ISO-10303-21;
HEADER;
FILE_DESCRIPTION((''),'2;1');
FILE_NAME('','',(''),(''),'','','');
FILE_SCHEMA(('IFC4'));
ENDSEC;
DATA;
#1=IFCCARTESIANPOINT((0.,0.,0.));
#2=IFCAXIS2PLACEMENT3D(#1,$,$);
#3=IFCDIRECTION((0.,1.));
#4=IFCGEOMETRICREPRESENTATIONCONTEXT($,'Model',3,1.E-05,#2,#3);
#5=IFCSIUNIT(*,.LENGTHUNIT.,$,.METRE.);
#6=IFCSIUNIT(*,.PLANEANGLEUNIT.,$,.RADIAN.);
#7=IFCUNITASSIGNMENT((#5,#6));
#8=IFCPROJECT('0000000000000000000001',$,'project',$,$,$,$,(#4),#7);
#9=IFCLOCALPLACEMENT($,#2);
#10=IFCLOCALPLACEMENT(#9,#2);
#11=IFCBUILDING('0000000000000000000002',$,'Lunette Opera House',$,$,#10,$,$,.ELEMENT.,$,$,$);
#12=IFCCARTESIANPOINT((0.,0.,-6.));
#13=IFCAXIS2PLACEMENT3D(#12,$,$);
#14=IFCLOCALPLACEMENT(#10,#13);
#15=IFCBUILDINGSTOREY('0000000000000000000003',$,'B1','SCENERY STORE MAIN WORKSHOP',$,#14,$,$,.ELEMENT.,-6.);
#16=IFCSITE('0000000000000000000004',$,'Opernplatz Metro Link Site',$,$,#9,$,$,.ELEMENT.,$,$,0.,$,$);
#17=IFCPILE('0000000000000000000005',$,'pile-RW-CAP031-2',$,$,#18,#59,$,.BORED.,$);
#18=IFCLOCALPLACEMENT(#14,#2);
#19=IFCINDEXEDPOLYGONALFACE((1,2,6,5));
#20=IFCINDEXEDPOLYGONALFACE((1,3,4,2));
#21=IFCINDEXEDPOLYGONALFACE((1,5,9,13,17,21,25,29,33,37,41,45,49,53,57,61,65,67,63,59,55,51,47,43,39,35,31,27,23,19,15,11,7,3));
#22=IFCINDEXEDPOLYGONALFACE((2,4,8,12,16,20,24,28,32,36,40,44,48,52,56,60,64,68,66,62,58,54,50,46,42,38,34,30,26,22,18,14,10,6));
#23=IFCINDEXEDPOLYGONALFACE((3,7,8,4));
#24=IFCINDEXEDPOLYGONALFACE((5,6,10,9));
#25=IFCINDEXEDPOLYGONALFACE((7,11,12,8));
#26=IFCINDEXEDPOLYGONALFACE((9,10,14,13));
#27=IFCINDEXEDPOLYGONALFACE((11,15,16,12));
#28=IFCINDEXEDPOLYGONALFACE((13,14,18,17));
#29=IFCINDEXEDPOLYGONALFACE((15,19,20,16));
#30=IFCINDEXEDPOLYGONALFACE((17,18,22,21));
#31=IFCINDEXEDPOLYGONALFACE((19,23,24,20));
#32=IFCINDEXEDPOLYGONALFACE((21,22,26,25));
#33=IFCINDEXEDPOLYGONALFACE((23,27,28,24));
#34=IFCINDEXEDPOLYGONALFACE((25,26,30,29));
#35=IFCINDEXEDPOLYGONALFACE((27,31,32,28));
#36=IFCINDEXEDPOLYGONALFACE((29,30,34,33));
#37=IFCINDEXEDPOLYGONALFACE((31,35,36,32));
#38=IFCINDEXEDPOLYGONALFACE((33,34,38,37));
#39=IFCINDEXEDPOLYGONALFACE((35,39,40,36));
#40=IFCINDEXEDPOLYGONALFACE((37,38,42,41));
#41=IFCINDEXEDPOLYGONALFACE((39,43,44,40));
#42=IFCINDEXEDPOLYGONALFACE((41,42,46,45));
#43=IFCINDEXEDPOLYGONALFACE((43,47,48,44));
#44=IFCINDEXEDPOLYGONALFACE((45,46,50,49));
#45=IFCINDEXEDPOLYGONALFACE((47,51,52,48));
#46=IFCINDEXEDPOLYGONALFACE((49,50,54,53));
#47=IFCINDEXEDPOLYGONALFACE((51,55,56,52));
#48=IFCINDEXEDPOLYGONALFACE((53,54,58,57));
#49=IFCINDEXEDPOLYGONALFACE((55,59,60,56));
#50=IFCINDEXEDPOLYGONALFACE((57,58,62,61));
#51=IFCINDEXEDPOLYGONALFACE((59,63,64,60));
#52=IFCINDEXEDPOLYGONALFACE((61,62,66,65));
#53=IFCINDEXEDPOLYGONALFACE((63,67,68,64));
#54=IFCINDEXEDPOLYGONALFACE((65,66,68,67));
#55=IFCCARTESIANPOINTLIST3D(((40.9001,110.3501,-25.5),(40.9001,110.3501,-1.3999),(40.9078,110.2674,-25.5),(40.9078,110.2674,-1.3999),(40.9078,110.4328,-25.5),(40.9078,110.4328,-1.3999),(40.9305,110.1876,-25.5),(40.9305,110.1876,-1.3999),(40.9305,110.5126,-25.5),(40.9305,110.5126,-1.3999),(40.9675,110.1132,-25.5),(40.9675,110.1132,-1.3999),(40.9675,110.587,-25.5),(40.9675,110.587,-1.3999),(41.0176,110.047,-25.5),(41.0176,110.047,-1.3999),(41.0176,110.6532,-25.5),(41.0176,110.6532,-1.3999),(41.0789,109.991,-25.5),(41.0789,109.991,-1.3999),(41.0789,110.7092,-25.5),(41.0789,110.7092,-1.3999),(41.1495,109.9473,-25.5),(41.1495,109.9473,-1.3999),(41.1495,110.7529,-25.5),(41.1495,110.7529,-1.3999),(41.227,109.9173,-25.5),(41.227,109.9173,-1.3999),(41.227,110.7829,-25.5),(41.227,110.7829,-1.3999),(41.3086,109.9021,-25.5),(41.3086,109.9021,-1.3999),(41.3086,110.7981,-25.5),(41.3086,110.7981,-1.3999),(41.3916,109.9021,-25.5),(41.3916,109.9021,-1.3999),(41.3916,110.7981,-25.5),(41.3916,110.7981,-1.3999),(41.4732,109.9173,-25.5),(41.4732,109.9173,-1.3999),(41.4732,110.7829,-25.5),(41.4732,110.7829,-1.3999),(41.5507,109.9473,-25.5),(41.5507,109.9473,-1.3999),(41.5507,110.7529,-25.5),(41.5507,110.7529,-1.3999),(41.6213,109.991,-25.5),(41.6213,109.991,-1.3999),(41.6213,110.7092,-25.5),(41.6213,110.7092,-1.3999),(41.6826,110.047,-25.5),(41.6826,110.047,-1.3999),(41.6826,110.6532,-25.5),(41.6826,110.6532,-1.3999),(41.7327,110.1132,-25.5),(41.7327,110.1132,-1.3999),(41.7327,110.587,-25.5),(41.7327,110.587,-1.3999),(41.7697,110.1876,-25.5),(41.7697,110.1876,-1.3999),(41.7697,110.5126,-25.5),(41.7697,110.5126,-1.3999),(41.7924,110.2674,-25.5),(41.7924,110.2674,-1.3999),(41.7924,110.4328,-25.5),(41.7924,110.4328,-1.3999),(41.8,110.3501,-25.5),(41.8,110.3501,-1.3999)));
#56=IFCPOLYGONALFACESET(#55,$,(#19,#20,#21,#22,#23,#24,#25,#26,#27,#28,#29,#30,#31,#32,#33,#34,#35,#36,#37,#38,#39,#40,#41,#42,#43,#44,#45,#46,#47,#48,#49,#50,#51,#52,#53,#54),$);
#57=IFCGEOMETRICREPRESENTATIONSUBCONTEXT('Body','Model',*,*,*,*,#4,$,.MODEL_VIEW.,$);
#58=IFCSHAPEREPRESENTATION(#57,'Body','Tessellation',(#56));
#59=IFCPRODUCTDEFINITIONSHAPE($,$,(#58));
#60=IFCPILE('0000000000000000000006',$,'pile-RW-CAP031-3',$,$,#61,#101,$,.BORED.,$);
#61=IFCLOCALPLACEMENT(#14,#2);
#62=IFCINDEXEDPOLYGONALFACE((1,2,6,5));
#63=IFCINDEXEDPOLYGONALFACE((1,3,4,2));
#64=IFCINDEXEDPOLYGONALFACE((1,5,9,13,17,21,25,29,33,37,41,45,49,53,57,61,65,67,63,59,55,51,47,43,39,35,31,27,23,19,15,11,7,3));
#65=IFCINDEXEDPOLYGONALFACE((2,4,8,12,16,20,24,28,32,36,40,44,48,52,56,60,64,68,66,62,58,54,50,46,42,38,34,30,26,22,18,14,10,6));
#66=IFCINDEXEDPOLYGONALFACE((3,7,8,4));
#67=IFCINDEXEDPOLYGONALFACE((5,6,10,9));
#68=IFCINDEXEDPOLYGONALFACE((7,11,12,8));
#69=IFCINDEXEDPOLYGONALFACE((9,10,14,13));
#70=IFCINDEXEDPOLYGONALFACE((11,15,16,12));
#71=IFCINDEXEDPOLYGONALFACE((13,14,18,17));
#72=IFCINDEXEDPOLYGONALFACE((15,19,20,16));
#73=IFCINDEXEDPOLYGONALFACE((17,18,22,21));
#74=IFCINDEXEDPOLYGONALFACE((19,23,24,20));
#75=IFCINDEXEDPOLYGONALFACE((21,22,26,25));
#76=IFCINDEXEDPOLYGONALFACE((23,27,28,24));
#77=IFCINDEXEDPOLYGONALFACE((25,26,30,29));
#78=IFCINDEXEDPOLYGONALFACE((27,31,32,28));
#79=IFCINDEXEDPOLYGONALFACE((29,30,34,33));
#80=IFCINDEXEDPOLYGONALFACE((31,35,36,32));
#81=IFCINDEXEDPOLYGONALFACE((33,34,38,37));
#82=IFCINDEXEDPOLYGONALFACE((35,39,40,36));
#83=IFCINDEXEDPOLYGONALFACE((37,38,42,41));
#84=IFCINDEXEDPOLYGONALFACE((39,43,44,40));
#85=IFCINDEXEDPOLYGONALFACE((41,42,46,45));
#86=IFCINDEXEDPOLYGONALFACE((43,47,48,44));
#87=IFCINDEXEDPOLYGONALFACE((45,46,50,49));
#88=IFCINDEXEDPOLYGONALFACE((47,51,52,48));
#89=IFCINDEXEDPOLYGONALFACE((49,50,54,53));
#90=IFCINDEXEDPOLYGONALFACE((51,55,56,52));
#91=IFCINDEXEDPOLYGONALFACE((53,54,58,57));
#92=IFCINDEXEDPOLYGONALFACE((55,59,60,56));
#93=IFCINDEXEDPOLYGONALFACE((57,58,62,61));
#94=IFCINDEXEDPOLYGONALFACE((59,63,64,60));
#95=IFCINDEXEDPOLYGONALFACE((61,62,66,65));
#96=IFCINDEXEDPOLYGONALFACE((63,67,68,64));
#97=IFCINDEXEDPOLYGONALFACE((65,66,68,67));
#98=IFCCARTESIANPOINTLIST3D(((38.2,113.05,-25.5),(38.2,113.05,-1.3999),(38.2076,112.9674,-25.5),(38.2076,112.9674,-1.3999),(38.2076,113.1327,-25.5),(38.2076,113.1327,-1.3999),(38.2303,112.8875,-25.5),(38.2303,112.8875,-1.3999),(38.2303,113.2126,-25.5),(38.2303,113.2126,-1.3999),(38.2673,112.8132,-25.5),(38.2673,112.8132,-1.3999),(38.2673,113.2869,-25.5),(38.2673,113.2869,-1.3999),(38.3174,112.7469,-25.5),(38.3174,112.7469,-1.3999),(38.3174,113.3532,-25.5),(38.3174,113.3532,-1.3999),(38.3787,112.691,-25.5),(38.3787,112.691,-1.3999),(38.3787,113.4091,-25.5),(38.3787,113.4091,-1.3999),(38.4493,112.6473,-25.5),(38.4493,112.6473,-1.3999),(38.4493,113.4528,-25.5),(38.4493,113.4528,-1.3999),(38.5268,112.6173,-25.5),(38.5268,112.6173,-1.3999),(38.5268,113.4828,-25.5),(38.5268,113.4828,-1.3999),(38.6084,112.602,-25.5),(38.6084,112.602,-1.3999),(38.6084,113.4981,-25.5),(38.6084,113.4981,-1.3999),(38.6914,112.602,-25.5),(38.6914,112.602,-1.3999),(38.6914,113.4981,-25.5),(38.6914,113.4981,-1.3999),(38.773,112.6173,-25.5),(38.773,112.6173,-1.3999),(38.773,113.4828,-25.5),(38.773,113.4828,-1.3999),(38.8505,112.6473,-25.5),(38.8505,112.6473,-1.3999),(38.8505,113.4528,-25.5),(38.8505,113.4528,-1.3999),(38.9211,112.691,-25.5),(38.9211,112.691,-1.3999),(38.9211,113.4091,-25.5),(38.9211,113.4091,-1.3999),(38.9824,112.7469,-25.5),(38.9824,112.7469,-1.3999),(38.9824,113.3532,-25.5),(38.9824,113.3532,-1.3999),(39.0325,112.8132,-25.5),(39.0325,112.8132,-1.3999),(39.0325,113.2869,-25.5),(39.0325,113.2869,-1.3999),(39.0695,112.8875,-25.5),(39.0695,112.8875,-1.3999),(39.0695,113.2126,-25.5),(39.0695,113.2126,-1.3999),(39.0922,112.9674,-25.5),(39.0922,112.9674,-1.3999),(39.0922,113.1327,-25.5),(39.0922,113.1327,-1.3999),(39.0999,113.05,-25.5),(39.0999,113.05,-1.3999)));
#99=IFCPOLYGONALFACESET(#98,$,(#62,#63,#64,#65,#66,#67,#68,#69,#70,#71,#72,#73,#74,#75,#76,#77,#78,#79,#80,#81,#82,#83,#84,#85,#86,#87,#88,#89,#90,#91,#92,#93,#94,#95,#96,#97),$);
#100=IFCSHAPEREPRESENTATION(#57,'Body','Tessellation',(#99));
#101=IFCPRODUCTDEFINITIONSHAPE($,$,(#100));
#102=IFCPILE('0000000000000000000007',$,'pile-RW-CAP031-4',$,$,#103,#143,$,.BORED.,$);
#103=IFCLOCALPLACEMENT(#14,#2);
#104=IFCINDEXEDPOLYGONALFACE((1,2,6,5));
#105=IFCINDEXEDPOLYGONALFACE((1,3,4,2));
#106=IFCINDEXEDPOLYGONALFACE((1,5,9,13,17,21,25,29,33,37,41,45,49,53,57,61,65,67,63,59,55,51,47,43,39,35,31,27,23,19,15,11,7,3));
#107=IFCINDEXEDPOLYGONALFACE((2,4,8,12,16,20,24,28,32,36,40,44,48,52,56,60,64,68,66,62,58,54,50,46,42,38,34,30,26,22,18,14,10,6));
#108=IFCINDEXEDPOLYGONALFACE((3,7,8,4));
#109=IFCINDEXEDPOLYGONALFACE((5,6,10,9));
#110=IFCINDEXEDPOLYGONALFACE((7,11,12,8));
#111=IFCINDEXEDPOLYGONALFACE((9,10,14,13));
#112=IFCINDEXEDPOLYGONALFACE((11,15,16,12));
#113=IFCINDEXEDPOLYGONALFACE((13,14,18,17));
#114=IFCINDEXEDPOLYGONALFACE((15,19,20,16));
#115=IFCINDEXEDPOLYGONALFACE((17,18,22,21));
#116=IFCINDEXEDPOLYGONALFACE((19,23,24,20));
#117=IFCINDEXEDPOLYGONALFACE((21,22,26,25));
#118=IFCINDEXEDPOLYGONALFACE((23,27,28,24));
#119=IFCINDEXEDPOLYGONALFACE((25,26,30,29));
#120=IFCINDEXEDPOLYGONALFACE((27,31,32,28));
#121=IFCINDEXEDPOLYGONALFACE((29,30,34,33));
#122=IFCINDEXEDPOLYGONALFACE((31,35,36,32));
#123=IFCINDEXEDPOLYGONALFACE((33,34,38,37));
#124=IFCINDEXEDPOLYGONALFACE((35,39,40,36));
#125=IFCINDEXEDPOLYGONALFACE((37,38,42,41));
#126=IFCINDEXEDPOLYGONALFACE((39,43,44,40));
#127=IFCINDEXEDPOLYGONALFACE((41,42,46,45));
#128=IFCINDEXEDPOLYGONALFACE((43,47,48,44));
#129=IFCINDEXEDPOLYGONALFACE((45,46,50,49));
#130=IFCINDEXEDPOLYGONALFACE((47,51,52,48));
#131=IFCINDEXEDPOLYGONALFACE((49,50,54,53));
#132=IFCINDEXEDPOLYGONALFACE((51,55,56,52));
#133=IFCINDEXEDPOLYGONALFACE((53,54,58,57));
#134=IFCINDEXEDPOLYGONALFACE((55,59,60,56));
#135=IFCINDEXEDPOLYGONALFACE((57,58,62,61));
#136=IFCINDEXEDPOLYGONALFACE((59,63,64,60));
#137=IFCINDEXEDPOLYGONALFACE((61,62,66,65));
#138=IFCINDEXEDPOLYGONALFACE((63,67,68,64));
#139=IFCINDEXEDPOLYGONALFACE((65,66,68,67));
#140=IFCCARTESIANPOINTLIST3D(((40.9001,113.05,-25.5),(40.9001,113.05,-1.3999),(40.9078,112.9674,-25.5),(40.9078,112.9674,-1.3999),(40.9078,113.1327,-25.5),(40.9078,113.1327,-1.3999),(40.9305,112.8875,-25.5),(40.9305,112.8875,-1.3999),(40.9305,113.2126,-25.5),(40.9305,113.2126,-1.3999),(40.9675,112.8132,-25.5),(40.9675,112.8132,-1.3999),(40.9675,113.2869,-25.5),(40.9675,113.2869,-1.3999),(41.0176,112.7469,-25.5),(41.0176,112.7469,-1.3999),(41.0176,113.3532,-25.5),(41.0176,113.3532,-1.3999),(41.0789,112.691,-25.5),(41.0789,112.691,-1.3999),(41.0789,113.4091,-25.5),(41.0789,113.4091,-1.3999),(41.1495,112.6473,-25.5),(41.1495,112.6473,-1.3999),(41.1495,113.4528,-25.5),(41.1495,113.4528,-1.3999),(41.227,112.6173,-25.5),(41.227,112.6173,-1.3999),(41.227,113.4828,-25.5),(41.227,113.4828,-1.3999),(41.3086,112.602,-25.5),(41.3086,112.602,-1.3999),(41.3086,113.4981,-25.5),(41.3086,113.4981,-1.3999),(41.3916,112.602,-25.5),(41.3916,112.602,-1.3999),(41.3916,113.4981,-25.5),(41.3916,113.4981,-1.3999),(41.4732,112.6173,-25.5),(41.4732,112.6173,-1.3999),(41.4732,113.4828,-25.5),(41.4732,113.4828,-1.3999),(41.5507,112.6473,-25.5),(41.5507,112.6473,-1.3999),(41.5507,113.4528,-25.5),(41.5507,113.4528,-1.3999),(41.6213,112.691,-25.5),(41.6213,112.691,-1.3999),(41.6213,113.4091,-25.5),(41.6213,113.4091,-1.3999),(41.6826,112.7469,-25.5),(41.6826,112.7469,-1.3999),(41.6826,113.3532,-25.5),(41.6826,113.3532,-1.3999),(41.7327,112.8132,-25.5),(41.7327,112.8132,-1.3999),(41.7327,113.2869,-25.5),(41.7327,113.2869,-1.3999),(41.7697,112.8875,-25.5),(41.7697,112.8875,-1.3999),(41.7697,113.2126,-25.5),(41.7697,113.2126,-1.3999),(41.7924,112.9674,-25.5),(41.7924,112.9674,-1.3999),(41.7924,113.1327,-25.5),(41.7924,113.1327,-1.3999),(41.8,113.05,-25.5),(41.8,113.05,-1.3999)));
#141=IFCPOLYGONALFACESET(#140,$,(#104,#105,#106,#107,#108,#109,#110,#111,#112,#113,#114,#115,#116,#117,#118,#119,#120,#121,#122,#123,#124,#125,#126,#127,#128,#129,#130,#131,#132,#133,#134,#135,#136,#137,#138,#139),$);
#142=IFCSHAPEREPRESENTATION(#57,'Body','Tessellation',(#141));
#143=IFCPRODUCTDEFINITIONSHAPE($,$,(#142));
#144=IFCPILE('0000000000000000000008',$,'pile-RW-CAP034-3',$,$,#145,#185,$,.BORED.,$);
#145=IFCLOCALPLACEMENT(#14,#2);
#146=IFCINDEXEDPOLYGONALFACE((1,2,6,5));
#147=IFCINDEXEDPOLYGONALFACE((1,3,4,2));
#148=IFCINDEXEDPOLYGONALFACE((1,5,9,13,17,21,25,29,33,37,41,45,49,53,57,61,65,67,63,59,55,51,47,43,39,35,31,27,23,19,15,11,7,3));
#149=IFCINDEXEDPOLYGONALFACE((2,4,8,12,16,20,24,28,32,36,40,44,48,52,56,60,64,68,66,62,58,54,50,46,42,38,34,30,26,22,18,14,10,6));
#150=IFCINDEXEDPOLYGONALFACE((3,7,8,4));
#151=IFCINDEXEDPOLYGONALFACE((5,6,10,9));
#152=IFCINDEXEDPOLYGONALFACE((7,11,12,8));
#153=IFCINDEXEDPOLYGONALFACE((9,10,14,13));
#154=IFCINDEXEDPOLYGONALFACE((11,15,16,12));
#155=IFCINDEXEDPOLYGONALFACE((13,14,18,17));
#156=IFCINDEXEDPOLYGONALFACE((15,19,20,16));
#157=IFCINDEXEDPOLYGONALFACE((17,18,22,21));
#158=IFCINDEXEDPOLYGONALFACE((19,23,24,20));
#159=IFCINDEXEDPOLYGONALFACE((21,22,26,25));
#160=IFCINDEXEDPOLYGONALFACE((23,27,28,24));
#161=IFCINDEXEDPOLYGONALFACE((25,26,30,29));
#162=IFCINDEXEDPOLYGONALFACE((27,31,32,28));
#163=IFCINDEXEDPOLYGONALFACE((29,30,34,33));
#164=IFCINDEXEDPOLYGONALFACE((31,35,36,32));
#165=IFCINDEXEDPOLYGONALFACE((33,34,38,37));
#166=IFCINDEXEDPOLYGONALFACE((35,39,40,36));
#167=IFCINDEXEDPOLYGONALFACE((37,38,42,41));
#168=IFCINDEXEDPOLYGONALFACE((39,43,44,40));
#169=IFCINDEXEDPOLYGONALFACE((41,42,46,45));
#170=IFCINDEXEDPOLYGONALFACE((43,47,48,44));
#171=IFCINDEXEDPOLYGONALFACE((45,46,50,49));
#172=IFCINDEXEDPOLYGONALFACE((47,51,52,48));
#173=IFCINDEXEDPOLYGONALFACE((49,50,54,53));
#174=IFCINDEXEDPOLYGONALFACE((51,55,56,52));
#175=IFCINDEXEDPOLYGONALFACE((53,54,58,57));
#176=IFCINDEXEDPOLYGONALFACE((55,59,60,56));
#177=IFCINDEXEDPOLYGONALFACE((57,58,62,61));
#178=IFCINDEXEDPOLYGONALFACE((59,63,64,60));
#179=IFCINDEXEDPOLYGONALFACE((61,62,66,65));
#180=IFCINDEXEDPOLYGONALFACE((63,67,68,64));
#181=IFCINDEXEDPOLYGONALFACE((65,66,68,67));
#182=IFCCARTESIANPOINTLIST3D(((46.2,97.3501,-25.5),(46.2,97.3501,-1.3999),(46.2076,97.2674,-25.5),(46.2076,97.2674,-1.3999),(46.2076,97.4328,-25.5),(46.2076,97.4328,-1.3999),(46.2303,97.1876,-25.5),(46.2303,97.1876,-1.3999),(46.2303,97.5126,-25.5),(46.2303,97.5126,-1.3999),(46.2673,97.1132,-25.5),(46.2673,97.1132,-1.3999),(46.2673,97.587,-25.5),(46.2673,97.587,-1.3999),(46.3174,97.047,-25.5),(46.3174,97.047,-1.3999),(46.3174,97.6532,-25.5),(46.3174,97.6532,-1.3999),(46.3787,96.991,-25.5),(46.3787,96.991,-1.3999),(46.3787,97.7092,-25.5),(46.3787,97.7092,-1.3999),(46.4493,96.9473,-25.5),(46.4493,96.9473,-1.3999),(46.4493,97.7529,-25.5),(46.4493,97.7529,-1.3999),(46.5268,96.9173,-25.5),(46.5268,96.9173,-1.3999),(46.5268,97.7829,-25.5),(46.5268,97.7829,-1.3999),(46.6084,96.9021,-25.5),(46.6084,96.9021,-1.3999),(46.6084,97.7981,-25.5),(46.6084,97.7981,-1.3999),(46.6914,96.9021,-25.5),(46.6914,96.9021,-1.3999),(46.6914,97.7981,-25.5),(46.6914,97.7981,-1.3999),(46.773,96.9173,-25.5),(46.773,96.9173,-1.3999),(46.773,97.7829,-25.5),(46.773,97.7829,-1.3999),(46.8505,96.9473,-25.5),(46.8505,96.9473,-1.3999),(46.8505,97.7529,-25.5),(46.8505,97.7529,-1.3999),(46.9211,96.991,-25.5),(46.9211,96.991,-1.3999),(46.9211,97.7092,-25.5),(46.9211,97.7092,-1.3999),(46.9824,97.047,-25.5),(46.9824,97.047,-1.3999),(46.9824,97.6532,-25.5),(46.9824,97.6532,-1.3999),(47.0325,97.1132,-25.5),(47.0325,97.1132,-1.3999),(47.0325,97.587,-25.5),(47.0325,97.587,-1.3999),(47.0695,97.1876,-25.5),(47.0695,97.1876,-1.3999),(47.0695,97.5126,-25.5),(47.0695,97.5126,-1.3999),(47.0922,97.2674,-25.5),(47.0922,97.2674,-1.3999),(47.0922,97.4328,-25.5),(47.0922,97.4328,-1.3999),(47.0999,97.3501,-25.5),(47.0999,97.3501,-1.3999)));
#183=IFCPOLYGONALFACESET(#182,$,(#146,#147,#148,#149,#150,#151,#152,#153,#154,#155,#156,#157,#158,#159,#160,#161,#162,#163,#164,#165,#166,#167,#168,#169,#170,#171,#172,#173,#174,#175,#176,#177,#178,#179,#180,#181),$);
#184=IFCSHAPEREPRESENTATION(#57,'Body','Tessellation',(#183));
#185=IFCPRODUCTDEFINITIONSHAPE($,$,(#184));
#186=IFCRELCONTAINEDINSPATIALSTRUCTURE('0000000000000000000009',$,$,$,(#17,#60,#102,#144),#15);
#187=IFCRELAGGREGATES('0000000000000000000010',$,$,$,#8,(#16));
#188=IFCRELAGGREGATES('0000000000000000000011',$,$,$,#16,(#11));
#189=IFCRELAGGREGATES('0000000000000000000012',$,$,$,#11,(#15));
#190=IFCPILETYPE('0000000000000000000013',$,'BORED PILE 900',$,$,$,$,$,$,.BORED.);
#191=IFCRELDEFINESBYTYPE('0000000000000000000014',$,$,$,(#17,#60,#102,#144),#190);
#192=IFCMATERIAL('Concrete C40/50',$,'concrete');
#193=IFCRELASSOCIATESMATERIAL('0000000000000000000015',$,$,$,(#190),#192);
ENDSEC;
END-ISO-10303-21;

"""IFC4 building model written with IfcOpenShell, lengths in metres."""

from ifc_helpers import new_model, si_unit, direction, frame, origin, origin_2d, place, context, subcontext, project, spatial, circle, extrude, material, material_profile, profile_set, type_object, element, save


model = new_model("IFC4")

# Units and contexts
model_context = context("Model", 3, precision=1e-05, world=origin(), true_north=direction((0.0, 1.0)))
body_context = subcontext(model_context, "Body", "Model", "MODEL_VIEW")
ifc_project = project(units=[si_unit("LENGTHUNIT", "METRE"), si_unit("PLANEANGLEUNIT", "RADIAN")], contexts=[model_context])

# Site, building, storey
site_placement = place(None, origin())
site = spatial("IfcSite", under=ifc_project, at=site_placement, Name="Opernplatz Metro Link Site", CompositionType="ELEMENT", RefElevation=0.0)
building_placement = place(site_placement, origin())
building = spatial("IfcBuilding", under=site, at=building_placement, Name="Lunette Opera House", CompositionType="ELEMENT")
storey_placement = place(building_placement, frame((0.0, 0.0, -6.0)))
storey = spatial("IfcBuildingStorey", under=building, at=storey_placement, Name="B1", Description="SCENERY STORE MAIN WORKSHOP", CompositionType="ELEMENT", Elevation=-6.0)

# Piles
ifc_material_1 = material(Name="Concrete C40/50", Category="concrete")
ifc_material_profile_1 = material_profile(ifc_material_1, circle(Radius=0.45, at=origin_2d()), Name="BORED PILE 900")
ifc_profile_set_1 = profile_set([ifc_material_profile_1], Name="Concrete C40/50")
pile_type = type_object("IfcPileType", Name="BORED PILE 900", PredefinedType="BORED", material=ifc_profile_set_1)
for number, where, z_axis, x_axis, name in (
    (1, (41.3501, 110.3501, -1.3999), (0.0, 0.0, -1.0), (1.0, 0.0, 0.0), "pile-RW-CAP031-2"),
    (2, (38.6499, 113.05, -1.3999), (0.0, 0.0, -1.0), (1.0, 0.0, 0.0), "pile-RW-CAP031-3"),
    (3, (41.3501, 113.05, -1.3999), (0.0, 0.0, -1.0), (1.0, 0.0, 0.0), "pile-RW-CAP031-4"),
    (4, (46.6499, 97.3501, -1.3999), (0.0, 0.0, -1.0), (1.0, 0.0, 0.0), "pile-RW-CAP034-3"),
):
    element("IfcPile", number, at=place(storey_placement, frame(where, z_axis=z_axis, x_axis=x_axis)), inside=storey, type_object=pile_type, Name=name, PredefinedType="BORED", context=body_context, shape_type="SweptSolid", body=[
        extrude(circle(Radius=0.45, at=origin_2d()), origin(), (0.0, 0.0, 1.0), 24.1001),
    ])

save(model, "model.ifc")
